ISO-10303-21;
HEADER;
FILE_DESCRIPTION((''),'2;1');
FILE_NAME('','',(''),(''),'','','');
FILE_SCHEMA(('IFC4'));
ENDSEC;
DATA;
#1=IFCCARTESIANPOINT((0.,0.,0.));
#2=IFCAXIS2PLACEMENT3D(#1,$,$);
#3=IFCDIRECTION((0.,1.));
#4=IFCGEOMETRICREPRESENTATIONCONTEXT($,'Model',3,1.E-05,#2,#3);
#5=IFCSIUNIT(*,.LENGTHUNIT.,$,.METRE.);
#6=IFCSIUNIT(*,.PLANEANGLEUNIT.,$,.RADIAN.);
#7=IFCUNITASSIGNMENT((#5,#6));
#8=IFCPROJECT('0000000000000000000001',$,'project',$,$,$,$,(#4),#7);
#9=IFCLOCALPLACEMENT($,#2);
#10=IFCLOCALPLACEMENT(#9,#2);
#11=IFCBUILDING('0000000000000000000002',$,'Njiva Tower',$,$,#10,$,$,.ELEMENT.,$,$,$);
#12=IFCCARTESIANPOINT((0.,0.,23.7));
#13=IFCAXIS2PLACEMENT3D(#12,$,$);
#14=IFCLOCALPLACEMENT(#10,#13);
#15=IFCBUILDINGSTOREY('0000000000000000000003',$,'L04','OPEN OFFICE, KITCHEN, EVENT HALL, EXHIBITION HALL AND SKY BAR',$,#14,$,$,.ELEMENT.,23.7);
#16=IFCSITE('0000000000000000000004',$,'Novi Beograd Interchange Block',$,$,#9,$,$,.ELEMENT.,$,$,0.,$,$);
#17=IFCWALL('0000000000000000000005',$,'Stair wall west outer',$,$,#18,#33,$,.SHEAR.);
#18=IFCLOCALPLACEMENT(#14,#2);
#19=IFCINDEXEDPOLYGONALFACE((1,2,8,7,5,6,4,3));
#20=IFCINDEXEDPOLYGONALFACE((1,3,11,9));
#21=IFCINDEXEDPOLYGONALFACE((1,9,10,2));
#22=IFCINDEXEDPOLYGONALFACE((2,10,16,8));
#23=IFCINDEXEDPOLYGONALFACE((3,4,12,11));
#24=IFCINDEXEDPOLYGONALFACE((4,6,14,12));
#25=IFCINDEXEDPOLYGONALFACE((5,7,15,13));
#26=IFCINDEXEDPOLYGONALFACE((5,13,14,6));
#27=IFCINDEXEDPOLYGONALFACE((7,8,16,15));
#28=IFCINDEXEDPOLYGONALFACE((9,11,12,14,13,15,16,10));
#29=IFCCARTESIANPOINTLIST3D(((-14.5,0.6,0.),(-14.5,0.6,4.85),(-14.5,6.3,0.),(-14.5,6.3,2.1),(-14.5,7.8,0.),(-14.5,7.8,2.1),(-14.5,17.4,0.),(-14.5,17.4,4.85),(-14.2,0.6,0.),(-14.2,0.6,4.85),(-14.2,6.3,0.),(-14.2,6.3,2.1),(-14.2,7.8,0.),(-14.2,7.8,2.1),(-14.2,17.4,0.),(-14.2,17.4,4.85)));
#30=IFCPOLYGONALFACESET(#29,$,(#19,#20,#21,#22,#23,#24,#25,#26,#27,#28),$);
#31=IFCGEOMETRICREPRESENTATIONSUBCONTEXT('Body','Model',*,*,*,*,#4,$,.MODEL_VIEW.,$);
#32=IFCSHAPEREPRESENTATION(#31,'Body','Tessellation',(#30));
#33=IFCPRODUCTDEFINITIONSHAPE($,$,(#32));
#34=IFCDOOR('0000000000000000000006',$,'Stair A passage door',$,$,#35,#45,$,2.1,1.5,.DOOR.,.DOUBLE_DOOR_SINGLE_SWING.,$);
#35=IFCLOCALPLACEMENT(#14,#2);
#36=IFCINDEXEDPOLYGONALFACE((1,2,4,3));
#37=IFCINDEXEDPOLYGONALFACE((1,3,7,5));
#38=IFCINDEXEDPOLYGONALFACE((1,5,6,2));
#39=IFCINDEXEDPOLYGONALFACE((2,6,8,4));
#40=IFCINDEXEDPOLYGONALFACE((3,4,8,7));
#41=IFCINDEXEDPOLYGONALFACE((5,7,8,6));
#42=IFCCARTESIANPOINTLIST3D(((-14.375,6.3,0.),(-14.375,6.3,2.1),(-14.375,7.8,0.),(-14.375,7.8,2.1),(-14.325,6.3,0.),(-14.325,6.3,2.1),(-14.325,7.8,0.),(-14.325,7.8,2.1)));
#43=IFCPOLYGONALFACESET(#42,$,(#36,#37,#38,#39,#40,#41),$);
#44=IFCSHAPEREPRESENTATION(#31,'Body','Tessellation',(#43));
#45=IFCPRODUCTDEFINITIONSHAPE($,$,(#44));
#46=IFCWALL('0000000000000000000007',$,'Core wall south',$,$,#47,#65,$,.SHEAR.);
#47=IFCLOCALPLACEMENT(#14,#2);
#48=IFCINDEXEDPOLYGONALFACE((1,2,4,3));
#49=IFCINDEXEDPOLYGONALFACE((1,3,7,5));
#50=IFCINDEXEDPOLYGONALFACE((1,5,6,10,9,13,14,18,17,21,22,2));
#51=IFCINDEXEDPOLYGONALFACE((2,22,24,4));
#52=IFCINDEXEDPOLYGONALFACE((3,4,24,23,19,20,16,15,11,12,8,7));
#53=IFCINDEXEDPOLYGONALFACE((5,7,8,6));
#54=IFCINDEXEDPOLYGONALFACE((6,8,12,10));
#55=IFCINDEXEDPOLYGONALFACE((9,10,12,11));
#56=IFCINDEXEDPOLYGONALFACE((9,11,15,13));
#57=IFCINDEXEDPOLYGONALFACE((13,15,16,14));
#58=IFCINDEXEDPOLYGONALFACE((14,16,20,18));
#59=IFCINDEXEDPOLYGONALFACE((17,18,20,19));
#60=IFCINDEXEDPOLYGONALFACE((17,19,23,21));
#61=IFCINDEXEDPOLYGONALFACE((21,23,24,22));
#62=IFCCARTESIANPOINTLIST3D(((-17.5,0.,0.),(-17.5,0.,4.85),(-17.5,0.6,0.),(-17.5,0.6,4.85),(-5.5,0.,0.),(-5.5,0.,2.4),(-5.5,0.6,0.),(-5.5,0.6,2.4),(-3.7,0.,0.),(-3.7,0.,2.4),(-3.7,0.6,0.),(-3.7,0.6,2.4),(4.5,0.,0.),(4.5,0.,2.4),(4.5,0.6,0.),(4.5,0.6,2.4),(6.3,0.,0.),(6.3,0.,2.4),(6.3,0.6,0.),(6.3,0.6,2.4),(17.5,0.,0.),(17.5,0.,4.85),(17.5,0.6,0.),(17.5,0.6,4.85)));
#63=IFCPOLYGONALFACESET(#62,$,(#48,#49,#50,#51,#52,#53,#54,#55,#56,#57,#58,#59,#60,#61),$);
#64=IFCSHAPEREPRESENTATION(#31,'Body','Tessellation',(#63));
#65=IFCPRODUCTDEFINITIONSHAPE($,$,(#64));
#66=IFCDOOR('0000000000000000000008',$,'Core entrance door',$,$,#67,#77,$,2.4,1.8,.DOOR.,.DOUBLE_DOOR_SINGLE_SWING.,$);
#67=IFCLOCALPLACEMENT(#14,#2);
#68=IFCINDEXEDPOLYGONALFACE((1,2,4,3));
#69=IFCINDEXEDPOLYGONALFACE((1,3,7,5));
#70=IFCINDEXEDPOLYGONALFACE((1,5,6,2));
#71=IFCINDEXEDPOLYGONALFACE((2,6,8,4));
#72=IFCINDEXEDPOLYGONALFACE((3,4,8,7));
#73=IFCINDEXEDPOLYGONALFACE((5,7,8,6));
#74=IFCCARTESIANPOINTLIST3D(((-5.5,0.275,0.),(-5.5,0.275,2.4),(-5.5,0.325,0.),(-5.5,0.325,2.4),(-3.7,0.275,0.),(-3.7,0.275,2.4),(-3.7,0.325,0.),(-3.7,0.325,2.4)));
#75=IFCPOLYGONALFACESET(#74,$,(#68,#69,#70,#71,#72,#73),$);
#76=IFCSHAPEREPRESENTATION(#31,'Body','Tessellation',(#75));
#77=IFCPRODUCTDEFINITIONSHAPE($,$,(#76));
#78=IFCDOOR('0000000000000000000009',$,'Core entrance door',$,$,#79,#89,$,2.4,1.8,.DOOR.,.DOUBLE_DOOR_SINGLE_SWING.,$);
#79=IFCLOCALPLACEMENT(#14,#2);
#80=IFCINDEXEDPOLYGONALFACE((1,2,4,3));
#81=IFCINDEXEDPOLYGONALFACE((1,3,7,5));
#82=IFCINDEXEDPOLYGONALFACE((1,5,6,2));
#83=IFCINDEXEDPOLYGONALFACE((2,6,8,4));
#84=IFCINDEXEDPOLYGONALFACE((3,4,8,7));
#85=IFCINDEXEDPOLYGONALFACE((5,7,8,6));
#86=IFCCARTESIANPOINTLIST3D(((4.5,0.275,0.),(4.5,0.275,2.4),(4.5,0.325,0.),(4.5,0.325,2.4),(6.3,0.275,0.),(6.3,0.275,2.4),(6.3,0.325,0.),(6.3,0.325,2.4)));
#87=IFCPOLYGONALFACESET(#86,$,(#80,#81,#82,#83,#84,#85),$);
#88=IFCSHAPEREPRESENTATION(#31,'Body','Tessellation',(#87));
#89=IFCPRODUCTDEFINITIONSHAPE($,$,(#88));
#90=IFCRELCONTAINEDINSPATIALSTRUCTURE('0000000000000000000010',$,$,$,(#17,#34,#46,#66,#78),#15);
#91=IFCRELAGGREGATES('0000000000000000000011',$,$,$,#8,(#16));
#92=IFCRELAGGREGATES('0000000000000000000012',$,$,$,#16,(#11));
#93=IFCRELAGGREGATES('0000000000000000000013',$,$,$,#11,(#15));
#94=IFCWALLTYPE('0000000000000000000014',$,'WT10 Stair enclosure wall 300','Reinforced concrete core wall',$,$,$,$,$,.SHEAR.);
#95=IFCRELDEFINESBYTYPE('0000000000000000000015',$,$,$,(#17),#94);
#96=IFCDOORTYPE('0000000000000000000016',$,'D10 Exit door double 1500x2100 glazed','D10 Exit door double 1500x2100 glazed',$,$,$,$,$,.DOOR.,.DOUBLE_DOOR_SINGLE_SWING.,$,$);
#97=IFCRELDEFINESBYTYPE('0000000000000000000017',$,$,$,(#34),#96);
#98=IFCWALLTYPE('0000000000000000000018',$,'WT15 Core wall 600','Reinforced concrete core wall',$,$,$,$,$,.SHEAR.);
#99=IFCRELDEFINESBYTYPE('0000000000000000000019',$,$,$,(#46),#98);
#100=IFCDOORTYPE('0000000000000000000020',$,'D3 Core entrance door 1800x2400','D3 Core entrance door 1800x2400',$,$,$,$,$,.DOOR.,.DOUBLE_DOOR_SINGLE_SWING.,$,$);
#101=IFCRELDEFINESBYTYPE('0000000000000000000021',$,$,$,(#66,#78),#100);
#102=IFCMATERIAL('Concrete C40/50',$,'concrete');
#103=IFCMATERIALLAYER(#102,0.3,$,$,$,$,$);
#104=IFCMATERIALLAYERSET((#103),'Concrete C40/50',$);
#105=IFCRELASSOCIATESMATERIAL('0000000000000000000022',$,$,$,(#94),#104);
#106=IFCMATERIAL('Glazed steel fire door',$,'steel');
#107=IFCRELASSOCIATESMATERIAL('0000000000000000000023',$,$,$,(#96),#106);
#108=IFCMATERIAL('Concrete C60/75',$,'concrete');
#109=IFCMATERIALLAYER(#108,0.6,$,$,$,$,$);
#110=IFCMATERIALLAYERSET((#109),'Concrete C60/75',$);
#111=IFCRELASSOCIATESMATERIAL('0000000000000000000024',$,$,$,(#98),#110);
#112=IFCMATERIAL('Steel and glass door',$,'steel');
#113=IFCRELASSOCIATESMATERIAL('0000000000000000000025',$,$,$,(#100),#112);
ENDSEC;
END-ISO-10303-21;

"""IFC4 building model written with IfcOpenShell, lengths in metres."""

from ifc_helpers import new_model, si_unit, direction, frame, frame_2d, origin, place, context, subcontext, project, spatial, rectangle, extrude, material, layer, layer_set, type_object, element, fill, save


model = new_model("IFC4")

# Units and contexts
model_context = context("Model", 3, precision=1e-05, world=origin(), true_north=direction((0.0, 1.0)))
body_context = subcontext(model_context, "Body", "Model", "MODEL_VIEW")
ifc_project = project(units=[si_unit("LENGTHUNIT", "METRE"), si_unit("PLANEANGLEUNIT", "RADIAN")], contexts=[model_context])

# Site, building, storey
site_placement = place(None, origin())
site = spatial("IfcSite", under=ifc_project, at=site_placement, Name="Novi Beograd Interchange Block", CompositionType="ELEMENT", RefElevation=0.0)
building_placement = place(site_placement, origin())
building = spatial("IfcBuilding", under=site, at=building_placement, Name="Njiva Tower", CompositionType="ELEMENT")
storey_placement = place(building_placement, frame((0.0, 0.0, 23.7)))
storey = spatial("IfcBuildingStorey", under=building, at=storey_placement, Name="L04", Description="OPEN OFFICE, KITCHEN, EVENT HALL, EXHIBITION HALL AND SKY BAR", CompositionType="ELEMENT", Elevation=23.7)

# Wall, opening, door
ifc_material_1 = material(Name="Concrete C40/50", Category="concrete")
ifc_layer_1 = layer(ifc_material_1, 0.3)
ifc_layer_set_1 = layer_set([ifc_layer_1], Name="Concrete C40/50")
wall_type_1 = type_object("IfcWallType", Name="WT10 Stair enclosure wall 300", Description="Reinforced concrete core wall", PredefinedType="SHEAR", material=ifc_layer_set_1)
wall_1_placement = place(storey_placement, frame((-14.35, 0.6, 0.0), z_axis=(0.0, 0.0, 1.0), x_axis=(0.0, 1.0, 0.0)))
wall_1 = element("IfcWall", 1, at=wall_1_placement, inside=storey, type_object=wall_type_1, Name="Stair wall west outer", PredefinedType="SHEAR", context=body_context, shape_type="SweptSolid", body=[
    extrude(rectangle(XDim=16.8, YDim=0.3, at=frame_2d((8.4, 0.0))), origin(), (0.0, 0.0, 1.0), 4.85),
])
opening_1_placement = place(wall_1_placement, frame((5.7, 0.0, 0.0)))
opening_1 = element("IfcOpeningElement", 2, at=opening_1_placement, cuts=wall_1, PredefinedType="OPENING", context=body_context, shape_type="SweptSolid", body=[
    extrude(rectangle(XDim=1.5, YDim=2.1, at=frame_2d((0.75, 1.05))), frame((0.0, 0.16, 0.0), z_axis=(0.0, -1.0, 0.0), x_axis=(1.0, 0.0, 0.0)), (0.0, 0.0, 1.0), 0.32),
])
ifc_material_2 = material(Name="Glazed steel fire door", Category="steel")
door_type_1 = type_object("IfcDoorType", Name="D10 Exit door double 1500x2100 glazed", Description="D10 Exit door double 1500x2100 glazed", OperationType="DOUBLE_DOOR_SINGLE_SWING", PredefinedType="DOOR", material=ifc_material_2)
door_1_placement = place(opening_1_placement, origin())
door_1 = element("IfcDoor", 3, at=door_1_placement, inside=storey, type_object=door_type_1, Name="Stair A passage door", OperationType="DOUBLE_DOOR_SINGLE_SWING", OverallHeight=2.1, OverallWidth=1.5, PredefinedType="DOOR", context=body_context, shape_type="SweptSolid", body=[
    extrude(rectangle(XDim=1.5, YDim=2.1, at=frame_2d((0.75, 1.05))), frame((0.0, 0.025, 0.0), z_axis=(0.0, -1.0, 0.0), x_axis=(1.0, 0.0, 0.0)), (0.0, 0.0, 1.0), 0.05),
])
fill(opening_1, door_1)

# Wall, openings, doors
ifc_material_3 = material(Name="Concrete C60/75", Category="concrete")
ifc_layer_2 = layer(ifc_material_3, 0.6)
ifc_layer_set_2 = layer_set([ifc_layer_2], Name="Concrete C60/75")
wall_type_2 = type_object("IfcWallType", Name="WT15 Core wall 600", Description="Reinforced concrete core wall", PredefinedType="SHEAR", material=ifc_layer_set_2)
wall_2_placement = place(storey_placement, frame((-17.5, 0.3, 0.0), z_axis=(0.0, 0.0, 1.0), x_axis=(1.0, 0.0, 0.0)))
wall_2 = element("IfcWall", 4, at=wall_2_placement, inside=storey, type_object=wall_type_2, Name="Core wall south", PredefinedType="SHEAR", context=body_context, shape_type="SweptSolid", body=[
    extrude(rectangle(XDim=35.0, YDim=0.6, at=frame_2d((17.5, 0.0))), origin(), (0.0, 0.0, 1.0), 4.85),
])
opening_2_placement = place(wall_2_placement, frame((12.0, 0.0, 0.0)))
opening_2 = element("IfcOpeningElement", 5, at=opening_2_placement, cuts=wall_2, PredefinedType="OPENING", context=body_context, shape_type="SweptSolid", body=[
    extrude(rectangle(XDim=1.8, YDim=2.4, at=frame_2d((0.9, 1.2))), frame((0.0, 0.31, 0.0), z_axis=(0.0, -1.0, 0.0), x_axis=(1.0, 0.0, 0.0)), (0.0, 0.0, 1.0), 0.62),
])
opening_3_placement = place(wall_2_placement, frame((22.0, 0.0, 0.0)))
opening_3 = element("IfcOpeningElement", 6, at=opening_3_placement, cuts=wall_2, PredefinedType="OPENING", context=body_context, shape_type="SweptSolid", body=[
    extrude(rectangle(XDim=1.8, YDim=2.4, at=frame_2d((0.9, 1.2))), frame((0.0, 0.31, 0.0), z_axis=(0.0, -1.0, 0.0), x_axis=(1.0, 0.0, 0.0)), (0.0, 0.0, 1.0), 0.62),
])
ifc_material_4 = material(Name="Steel and glass door", Category="steel")
door_type_2 = type_object("IfcDoorType", Name="D3 Core entrance door 1800x2400", Description="D3 Core entrance door 1800x2400", OperationType="DOUBLE_DOOR_SINGLE_SWING", PredefinedType="DOOR", material=ifc_material_4)
door_2_placement = place(opening_2_placement, origin())
door_2 = element("IfcDoor", 7, at=door_2_placement, inside=storey, type_object=door_type_2, Name="Core entrance door", OperationType="DOUBLE_DOOR_SINGLE_SWING", OverallHeight=2.4, OverallWidth=1.8, PredefinedType="DOOR", context=body_context, shape_type="SweptSolid", body=[
    extrude(rectangle(XDim=1.8, YDim=2.4, at=frame_2d((0.9, 1.2))), frame((0.0, 0.025, 0.0), z_axis=(0.0, -1.0, 0.0), x_axis=(1.0, 0.0, 0.0)), (0.0, 0.0, 1.0), 0.05),
])
fill(opening_2, door_2)
door_3_placement = place(opening_3_placement, origin())
door_3 = element("IfcDoor", 8, at=door_3_placement, inside=storey, type_object=door_type_2, Name="Core entrance door", OperationType="DOUBLE_DOOR_SINGLE_SWING", OverallHeight=2.4, OverallWidth=1.8, PredefinedType="DOOR", context=body_context, shape_type="SweptSolid", body=[
    extrude(rectangle(XDim=1.8, YDim=2.4, at=frame_2d((0.9, 1.2))), frame((0.0, 0.025, 0.0), z_axis=(0.0, -1.0, 0.0), x_axis=(1.0, 0.0, 0.0)), (0.0, 0.0, 1.0), 0.05),
])
fill(opening_3, door_3)

save(model, "model.ifc")
